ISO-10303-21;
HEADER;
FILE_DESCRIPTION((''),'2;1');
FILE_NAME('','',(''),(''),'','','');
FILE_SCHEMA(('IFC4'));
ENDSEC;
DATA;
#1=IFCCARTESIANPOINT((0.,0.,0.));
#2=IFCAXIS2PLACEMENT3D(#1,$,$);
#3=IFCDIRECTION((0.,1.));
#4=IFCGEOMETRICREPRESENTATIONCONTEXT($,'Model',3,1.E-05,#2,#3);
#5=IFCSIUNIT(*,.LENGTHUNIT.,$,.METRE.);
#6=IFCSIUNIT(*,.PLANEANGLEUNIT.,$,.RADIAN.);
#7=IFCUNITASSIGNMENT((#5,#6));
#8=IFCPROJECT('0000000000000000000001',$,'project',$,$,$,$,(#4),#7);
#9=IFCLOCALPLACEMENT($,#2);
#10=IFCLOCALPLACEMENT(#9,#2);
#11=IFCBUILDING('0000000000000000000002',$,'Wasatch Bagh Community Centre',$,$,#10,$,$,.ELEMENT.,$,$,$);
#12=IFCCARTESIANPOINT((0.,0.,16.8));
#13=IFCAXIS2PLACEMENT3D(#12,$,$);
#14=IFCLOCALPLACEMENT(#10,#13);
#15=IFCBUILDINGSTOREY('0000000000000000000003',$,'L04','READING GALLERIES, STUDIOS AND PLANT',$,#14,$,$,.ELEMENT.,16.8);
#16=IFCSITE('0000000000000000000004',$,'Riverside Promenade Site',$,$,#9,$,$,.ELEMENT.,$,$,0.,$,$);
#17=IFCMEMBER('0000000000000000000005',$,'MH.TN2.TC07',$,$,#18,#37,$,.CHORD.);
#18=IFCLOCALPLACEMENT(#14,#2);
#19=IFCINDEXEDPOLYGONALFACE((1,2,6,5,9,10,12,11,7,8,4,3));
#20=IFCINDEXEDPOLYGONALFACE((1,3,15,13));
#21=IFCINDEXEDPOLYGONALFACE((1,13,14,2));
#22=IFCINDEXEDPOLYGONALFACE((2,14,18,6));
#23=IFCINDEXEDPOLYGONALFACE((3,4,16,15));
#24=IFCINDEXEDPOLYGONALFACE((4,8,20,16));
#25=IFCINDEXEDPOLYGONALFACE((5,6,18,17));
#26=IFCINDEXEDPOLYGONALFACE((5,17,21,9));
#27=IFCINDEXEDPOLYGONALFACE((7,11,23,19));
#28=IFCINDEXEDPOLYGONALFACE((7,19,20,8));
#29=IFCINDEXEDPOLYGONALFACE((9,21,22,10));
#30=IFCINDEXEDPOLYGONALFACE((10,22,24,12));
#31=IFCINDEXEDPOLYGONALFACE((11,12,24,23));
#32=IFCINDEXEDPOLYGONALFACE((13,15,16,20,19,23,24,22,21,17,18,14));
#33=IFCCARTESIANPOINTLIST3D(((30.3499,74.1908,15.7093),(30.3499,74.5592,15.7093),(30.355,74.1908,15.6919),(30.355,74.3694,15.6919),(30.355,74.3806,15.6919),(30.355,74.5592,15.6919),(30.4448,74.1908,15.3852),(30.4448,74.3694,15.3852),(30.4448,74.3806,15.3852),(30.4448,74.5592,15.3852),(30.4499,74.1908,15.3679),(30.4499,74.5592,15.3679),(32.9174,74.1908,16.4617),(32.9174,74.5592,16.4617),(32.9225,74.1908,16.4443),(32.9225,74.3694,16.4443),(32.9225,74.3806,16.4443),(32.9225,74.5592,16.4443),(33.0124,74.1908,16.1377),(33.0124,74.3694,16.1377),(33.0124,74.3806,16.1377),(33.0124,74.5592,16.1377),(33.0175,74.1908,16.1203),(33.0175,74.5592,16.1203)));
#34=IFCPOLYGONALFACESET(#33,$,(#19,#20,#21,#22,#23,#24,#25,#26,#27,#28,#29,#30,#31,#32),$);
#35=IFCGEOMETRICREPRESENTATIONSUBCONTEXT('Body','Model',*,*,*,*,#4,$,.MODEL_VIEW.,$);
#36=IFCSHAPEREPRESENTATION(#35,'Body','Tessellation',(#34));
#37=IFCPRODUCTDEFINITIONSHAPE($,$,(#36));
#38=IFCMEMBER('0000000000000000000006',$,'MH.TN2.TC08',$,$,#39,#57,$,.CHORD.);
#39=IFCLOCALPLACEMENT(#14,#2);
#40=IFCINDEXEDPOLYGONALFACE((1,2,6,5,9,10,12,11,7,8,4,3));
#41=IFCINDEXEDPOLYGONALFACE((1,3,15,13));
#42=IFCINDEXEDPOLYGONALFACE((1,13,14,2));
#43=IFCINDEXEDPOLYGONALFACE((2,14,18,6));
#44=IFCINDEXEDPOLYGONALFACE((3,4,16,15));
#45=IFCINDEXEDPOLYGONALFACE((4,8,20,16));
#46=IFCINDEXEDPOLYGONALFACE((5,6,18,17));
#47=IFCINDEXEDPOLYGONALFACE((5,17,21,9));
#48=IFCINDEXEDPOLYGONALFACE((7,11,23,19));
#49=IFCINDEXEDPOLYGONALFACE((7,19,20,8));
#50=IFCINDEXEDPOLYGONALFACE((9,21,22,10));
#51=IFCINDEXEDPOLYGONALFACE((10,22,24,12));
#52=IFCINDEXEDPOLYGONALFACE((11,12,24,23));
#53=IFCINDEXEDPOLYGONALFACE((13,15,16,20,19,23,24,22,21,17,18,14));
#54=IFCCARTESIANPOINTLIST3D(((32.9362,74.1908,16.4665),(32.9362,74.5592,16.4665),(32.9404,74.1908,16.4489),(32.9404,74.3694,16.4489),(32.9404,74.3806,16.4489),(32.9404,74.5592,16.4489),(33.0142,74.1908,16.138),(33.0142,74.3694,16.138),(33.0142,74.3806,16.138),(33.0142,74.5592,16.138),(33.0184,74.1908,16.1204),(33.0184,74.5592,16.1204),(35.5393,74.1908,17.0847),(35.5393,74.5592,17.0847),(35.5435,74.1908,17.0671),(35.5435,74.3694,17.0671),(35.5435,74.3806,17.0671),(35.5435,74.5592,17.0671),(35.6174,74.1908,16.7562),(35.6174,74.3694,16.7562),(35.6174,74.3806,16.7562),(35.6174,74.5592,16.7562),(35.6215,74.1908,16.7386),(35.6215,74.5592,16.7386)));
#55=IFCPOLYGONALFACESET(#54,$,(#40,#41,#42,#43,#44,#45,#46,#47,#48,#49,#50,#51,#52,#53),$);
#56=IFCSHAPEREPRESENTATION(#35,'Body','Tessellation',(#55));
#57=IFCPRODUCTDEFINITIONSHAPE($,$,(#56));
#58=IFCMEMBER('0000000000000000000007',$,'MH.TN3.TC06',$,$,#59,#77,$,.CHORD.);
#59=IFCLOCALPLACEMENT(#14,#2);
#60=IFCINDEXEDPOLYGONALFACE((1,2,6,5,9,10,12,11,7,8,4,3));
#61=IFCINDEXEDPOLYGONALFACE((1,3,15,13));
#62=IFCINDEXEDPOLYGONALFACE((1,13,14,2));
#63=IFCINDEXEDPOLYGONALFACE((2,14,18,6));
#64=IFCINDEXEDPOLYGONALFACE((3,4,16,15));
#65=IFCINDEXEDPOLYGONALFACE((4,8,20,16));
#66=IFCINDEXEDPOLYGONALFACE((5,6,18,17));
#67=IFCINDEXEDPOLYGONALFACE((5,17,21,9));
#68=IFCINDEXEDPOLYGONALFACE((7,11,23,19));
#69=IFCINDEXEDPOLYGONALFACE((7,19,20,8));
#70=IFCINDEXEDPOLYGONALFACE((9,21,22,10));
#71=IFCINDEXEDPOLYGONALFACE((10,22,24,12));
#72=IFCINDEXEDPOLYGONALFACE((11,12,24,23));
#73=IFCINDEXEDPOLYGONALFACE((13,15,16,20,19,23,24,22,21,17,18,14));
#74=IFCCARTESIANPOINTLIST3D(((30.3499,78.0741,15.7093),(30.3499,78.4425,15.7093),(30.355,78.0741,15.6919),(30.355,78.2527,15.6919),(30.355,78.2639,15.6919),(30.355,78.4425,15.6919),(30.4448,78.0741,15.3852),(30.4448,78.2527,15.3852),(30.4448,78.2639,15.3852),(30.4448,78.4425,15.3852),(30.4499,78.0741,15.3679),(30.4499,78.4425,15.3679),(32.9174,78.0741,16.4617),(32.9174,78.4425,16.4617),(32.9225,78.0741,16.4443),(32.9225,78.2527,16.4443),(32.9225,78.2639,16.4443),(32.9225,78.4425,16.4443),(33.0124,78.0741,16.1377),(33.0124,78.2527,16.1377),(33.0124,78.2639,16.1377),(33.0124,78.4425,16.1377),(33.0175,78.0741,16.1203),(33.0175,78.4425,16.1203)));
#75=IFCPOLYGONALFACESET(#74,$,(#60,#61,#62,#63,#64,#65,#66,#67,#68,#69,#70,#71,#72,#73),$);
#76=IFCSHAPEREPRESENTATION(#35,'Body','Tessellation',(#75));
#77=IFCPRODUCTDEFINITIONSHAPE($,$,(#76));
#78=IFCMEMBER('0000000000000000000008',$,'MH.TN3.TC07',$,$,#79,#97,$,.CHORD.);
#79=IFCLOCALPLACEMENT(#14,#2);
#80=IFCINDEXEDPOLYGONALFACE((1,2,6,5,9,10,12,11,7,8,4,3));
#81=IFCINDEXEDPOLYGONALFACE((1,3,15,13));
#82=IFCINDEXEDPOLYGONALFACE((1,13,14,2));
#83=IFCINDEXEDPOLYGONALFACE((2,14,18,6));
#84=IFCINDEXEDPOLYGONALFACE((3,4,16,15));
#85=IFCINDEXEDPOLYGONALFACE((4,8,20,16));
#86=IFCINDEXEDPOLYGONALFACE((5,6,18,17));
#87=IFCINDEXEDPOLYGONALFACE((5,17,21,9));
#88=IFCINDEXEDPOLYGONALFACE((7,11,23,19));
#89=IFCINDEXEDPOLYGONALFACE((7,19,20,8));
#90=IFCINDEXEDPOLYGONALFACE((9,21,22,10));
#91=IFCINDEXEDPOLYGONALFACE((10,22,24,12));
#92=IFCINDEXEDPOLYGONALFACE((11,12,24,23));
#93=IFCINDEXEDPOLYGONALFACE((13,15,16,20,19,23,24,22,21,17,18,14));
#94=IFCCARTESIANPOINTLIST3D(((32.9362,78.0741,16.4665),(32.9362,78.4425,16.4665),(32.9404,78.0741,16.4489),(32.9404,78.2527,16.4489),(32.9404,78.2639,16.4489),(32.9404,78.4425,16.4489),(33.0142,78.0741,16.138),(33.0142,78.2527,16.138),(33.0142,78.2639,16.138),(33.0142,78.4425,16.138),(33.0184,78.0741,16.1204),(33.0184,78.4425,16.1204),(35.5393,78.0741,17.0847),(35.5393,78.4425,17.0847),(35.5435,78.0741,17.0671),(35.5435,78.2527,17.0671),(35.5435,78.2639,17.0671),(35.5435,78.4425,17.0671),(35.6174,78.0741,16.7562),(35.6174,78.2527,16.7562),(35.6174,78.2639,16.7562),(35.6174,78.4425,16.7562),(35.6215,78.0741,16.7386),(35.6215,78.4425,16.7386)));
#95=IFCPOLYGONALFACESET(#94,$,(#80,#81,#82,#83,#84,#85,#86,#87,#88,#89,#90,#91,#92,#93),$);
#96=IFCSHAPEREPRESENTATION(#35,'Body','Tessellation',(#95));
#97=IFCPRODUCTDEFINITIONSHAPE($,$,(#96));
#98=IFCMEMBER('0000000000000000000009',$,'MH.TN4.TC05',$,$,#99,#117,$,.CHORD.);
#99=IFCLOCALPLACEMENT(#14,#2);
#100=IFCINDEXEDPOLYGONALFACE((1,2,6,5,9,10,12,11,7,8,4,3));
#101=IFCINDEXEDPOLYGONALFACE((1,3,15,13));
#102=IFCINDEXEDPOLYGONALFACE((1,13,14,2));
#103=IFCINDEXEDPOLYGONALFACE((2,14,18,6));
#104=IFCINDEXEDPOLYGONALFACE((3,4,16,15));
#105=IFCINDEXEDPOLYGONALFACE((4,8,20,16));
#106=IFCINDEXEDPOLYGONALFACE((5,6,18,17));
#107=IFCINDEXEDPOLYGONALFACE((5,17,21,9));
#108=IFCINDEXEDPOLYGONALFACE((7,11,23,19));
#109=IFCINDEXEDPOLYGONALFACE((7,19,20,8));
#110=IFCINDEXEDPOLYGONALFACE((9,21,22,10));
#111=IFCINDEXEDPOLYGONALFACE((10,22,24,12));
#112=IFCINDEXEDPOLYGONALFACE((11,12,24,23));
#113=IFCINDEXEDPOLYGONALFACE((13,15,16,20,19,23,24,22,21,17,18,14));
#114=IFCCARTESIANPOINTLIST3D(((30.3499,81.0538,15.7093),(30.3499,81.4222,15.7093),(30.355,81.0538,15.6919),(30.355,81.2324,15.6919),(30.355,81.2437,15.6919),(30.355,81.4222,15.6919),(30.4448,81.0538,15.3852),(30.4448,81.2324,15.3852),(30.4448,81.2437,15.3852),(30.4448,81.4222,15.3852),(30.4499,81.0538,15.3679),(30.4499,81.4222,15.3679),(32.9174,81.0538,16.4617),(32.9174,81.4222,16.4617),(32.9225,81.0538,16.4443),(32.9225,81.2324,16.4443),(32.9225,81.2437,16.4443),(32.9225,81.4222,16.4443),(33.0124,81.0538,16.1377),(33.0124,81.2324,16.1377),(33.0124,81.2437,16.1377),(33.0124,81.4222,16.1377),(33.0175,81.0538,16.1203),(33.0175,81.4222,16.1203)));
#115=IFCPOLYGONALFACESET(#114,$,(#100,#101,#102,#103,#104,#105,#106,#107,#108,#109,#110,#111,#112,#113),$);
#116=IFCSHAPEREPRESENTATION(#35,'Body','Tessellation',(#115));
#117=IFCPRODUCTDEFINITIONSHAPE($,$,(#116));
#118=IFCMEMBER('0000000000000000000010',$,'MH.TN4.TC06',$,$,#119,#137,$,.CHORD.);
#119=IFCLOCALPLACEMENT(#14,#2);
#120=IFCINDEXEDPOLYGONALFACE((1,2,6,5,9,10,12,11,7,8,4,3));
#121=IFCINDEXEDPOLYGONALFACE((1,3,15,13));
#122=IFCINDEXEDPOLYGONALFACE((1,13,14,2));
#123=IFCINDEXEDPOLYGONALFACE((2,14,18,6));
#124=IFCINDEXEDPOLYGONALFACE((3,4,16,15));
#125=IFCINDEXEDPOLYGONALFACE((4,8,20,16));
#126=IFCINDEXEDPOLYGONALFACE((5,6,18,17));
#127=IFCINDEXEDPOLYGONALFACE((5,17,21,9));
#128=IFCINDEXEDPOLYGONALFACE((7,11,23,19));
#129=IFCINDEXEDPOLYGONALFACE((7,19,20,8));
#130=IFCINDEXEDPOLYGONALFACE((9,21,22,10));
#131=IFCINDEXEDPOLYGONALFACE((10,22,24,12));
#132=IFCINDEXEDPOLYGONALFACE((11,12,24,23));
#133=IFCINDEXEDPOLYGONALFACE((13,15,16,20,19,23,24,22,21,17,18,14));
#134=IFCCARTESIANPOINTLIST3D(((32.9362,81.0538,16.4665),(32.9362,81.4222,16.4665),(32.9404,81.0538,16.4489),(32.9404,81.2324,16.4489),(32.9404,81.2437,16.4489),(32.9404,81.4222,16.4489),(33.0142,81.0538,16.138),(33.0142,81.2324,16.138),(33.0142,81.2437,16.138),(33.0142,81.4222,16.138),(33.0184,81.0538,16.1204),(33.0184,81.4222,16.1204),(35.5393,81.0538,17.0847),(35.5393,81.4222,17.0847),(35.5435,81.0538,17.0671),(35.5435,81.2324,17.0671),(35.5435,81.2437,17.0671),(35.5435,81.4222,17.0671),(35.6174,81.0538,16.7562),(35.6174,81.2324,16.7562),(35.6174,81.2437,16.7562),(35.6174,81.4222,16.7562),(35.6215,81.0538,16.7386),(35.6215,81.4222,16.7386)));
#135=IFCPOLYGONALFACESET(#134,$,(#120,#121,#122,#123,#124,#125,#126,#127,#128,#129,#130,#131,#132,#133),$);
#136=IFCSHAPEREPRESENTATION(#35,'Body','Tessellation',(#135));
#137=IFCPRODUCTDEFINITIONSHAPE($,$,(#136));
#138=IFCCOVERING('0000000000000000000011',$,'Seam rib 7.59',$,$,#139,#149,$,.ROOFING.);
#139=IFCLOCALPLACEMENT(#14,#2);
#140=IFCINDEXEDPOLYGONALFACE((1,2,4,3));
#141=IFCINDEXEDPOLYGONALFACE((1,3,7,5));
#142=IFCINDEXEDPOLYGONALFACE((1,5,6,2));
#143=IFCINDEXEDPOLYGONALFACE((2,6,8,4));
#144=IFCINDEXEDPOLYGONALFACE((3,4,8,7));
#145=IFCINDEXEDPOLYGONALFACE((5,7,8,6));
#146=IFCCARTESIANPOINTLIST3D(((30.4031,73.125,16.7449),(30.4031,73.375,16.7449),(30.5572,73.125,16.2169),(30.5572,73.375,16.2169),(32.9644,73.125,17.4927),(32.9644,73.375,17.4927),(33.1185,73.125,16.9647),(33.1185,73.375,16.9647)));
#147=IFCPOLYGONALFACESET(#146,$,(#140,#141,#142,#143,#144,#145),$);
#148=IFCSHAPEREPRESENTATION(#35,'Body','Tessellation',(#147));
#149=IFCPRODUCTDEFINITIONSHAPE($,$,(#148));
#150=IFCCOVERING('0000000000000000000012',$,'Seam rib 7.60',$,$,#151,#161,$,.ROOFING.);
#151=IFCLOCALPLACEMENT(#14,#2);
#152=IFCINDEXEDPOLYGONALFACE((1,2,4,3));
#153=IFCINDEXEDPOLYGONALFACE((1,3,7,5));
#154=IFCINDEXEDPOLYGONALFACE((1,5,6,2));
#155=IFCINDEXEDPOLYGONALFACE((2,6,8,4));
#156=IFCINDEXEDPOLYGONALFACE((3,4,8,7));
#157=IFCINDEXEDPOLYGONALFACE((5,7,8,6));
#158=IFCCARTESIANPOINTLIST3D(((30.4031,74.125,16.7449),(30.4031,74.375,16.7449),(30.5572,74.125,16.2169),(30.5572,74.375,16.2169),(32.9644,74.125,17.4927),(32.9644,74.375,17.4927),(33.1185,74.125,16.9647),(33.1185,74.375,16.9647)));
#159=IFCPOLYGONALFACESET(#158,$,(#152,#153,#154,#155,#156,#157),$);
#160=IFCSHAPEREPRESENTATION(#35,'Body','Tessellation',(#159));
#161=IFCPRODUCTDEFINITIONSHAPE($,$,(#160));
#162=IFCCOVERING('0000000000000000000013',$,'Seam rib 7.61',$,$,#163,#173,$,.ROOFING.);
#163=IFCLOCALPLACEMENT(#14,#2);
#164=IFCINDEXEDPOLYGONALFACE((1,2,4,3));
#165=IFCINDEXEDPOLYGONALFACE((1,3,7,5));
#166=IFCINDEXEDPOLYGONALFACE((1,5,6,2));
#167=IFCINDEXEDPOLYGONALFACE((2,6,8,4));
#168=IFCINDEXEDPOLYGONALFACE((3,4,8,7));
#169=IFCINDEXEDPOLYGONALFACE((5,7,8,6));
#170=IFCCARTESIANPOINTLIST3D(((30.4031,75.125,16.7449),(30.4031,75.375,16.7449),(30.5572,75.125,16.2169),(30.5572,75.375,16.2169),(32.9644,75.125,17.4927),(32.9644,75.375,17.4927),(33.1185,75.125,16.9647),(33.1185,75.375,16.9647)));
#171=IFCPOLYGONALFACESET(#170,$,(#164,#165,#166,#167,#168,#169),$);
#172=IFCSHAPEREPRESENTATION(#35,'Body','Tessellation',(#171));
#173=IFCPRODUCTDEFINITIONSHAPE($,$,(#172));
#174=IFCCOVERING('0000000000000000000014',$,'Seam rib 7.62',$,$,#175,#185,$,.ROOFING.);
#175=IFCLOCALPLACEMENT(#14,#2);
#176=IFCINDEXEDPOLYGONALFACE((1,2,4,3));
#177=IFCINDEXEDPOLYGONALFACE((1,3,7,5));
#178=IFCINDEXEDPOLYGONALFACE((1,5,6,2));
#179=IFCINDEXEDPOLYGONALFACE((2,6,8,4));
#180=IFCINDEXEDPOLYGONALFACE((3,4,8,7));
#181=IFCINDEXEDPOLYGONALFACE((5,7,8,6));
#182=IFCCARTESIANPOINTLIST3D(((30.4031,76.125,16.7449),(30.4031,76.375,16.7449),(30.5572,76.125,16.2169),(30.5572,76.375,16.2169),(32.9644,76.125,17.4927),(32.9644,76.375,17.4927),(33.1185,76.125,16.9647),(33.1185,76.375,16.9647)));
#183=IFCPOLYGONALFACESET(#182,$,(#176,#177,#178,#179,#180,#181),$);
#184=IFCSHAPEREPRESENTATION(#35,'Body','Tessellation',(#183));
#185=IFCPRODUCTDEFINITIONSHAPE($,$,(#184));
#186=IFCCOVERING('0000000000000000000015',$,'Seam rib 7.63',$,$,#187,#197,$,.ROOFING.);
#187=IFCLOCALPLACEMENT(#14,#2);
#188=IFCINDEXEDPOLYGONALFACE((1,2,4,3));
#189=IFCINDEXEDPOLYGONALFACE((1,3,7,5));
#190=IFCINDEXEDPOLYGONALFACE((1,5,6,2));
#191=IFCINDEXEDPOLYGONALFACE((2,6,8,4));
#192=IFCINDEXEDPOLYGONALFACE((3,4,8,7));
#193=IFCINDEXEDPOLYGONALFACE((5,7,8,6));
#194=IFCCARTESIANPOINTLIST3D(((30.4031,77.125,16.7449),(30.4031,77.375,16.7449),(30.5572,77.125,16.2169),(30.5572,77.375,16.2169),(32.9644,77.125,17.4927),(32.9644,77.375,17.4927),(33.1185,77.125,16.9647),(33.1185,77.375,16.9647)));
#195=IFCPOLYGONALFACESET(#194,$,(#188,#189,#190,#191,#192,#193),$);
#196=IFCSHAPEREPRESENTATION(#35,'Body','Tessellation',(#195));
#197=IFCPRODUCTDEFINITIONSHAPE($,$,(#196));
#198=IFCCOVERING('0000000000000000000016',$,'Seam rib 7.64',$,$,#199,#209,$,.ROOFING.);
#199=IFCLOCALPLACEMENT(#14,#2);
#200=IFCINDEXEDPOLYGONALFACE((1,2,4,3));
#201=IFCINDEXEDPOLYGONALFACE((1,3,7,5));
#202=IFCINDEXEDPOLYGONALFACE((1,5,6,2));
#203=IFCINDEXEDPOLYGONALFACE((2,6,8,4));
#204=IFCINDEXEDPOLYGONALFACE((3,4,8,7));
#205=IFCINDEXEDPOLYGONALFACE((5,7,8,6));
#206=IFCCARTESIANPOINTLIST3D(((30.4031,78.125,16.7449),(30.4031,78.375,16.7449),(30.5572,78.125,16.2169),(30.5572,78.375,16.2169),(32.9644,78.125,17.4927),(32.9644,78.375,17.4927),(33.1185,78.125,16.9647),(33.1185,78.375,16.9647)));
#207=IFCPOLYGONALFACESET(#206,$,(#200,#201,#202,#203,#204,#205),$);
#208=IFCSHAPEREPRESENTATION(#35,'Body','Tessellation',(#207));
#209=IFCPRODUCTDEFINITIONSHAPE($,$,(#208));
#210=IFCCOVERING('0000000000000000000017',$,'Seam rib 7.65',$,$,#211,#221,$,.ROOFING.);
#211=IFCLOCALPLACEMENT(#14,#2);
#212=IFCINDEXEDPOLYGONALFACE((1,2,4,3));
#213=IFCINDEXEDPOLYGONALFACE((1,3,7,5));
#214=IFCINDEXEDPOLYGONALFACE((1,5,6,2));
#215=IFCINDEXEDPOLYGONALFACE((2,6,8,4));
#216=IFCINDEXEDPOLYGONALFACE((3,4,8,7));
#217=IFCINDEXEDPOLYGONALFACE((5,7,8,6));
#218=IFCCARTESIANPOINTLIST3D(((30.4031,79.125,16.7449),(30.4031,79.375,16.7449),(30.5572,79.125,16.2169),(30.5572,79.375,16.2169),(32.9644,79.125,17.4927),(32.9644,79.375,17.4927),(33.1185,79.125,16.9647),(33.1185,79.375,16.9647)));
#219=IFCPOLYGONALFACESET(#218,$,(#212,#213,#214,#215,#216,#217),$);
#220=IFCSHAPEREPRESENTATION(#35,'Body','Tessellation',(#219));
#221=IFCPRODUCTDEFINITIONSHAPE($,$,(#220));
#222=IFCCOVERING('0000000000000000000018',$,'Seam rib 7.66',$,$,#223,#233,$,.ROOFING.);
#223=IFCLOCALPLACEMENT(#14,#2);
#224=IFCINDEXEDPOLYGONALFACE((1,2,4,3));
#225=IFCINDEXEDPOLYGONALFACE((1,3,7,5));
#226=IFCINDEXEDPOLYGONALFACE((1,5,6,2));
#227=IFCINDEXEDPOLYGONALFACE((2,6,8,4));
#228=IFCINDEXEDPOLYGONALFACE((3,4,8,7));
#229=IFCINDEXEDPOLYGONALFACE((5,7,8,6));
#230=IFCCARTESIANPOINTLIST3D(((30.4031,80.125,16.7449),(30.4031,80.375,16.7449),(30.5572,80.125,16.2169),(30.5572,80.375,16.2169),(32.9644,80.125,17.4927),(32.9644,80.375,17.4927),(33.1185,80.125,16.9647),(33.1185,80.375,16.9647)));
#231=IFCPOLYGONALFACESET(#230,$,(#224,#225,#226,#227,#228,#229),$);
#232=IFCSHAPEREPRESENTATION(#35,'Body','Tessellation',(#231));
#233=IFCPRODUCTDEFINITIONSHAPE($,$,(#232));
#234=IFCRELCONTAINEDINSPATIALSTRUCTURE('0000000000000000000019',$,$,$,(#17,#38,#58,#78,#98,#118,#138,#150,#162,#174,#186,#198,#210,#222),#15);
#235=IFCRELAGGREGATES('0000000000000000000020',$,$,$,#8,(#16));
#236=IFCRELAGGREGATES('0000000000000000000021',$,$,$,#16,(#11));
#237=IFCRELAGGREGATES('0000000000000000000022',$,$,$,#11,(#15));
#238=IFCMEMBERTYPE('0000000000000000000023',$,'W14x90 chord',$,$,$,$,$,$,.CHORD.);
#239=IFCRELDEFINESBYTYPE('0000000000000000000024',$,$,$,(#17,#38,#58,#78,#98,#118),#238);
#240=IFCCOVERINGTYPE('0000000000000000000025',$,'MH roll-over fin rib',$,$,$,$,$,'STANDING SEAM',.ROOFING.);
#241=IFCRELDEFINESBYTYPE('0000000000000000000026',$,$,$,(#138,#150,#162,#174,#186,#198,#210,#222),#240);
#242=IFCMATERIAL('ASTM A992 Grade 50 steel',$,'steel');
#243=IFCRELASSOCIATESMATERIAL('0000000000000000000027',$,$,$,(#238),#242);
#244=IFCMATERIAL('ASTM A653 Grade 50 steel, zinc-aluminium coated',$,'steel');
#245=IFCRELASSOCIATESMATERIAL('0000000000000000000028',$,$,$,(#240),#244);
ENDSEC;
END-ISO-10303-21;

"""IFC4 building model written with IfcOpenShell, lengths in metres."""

from ifc_helpers import new_model, si_unit, direction, frame, origin, origin_2d, place, context, subcontext, project, spatial, polyline, i_section, outline, extrude, material, material_profile, profile_set, type_object, element, save


model = new_model("IFC4")

# Units and contexts
model_context = context("Model", 3, precision=1e-05, world=origin(), true_north=direction((0.0, 1.0)))
body_context = subcontext(model_context, "Body", "Model", "MODEL_VIEW")
ifc_project = project(units=[si_unit("LENGTHUNIT", "METRE"), si_unit("PLANEANGLEUNIT", "RADIAN")], contexts=[model_context])

# Site, building, storey
site_placement = place(None, origin())
site = spatial("IfcSite", under=ifc_project, at=site_placement, Name="Riverside Promenade Site", CompositionType="ELEMENT", RefElevation=0.0)
building_placement = place(site_placement, origin())
building = spatial("IfcBuilding", under=site, at=building_placement, Name="Wasatch Bagh Community Centre", CompositionType="ELEMENT")
storey_placement = place(building_placement, frame((0.0, 0.0, 16.8)))
storey = spatial("IfcBuildingStorey", under=building, at=storey_placement, Name="L04", Description="READING GALLERIES, STUDIOS AND PLANT", CompositionType="ELEMENT", Elevation=16.8)

# Members
ifc_material_1 = material(Name="ASTM A992 Grade 50 steel", Category="steel")
ifc_material_profile = material_profile(ifc_material_1, i_section(OverallWidth=0.3684, OverallDepth=0.3557, WebThickness=0.0112, FlangeThickness=0.0181, at=origin_2d()), Name="W14x90")
ifc_profile_set = profile_set([ifc_material_profile], Name="ASTM A992 Grade 50 steel")
member_type = type_object("IfcMemberType", Name="W14x90 chord", PredefinedType="CHORD", material=ifc_profile_set)
for number, where, z_axis, x_axis, name in (
    (1, (30.3999, 74.375, 15.5386), (0.959643, 0.0, 0.281223), (0.0, 1.0, 0.0), "MH.TN2.TC07"),
    (2, (32.9773, 74.375, 16.2935), (0.972941, 0.0, 0.231053), (0.0, 1.0, 0.0), "MH.TN2.TC08"),
    (3, (30.3999, 78.2583, 15.5386), (0.959643, 0.0, 0.281223), (0.0, 1.0, 0.0), "MH.TN3.TC06"),
    (4, (32.9773, 78.2583, 16.2935), (0.972941, 0.0, 0.231053), (0.0, 1.0, 0.0), "MH.TN3.TC07"),
    (5, (30.3999, 81.238, 15.5386), (0.959643, 0.0, 0.281223), (0.0, 1.0, 0.0), "MH.TN4.TC05"),
    (6, (32.9773, 81.238, 16.2935), (0.972941, 0.0, 0.231053), (0.0, 1.0, 0.0), "MH.TN4.TC06"),
):
    element("IfcMember", number, at=place(storey_placement, frame(where, z_axis=z_axis, x_axis=x_axis)), inside=storey, type_object=member_type, Name=name, PredefinedType="CHORD", context=body_context, shape_type="SweptSolid", body=[
        extrude(i_section(OverallWidth=0.3684, OverallDepth=0.3557, WebThickness=0.0112, FlangeThickness=0.0181, at=origin_2d()), origin(), (0.0, 0.0, 1.0), 2.6755),
    ])

# Coverings
ifc_material_2 = material(Name="ASTM A653 Grade 50 steel, zinc-aluminium coated", Category="steel")
covering_type = type_object("IfcCoveringType", Name="MH roll-over fin rib", ElementType="STANDING SEAM", PredefinedType="ROOFING", material=ifc_material_2)
for number, where, z_axis, x_axis, name in (
    (7, (30.4031, 73.125, 16.7449), (-0.280264, 0.0, 0.959923), (0.959923, 0.0, 0.280264), "Seam rib 7.59"),
    (8, (30.4031, 74.125, 16.7449), (-0.280264, 0.0, 0.959923), (0.959923, 0.0, 0.280264), "Seam rib 7.60"),
    (9, (30.4031, 75.125, 16.7449), (-0.280264, 0.0, 0.959923), (0.959923, 0.0, 0.280264), "Seam rib 7.61"),
    (10, (30.4031, 76.125, 16.7449), (-0.280264, 0.0, 0.959923), (0.959923, 0.0, 0.280264), "Seam rib 7.62"),
    (11, (30.4031, 77.125, 16.7449), (-0.280264, 0.0, 0.959923), (0.959923, 0.0, 0.280264), "Seam rib 7.63"),
    (12, (30.4031, 78.125, 16.7449), (-0.280264, 0.0, 0.959923), (0.959923, 0.0, 0.280264), "Seam rib 7.64"),
    (13, (30.4031, 79.125, 16.7449), (-0.280264, 0.0, 0.959923), (0.959923, 0.0, 0.280264), "Seam rib 7.65"),
    (14, (30.4031, 80.125, 16.7449), (-0.280264, 0.0, 0.959923), (0.959923, 0.0, 0.280264), "Seam rib 7.66"),
):
    element("IfcCovering", number, at=place(storey_placement, frame(where, z_axis=z_axis, x_axis=x_axis)), inside=storey, type_object=covering_type, Name=name, PredefinedType="ROOFING", context=body_context, shape_type="SweptSolid", body=[
        extrude(outline(polyline([(0.0, 0.0), (2.6682, 0.0), (2.6682, 0.25), (0.0, 0.25), (0.0, 0.0)])), origin(), (0.0, 0.0, -1.0), 0.55),
    ])

save(model, "model.ifc")
